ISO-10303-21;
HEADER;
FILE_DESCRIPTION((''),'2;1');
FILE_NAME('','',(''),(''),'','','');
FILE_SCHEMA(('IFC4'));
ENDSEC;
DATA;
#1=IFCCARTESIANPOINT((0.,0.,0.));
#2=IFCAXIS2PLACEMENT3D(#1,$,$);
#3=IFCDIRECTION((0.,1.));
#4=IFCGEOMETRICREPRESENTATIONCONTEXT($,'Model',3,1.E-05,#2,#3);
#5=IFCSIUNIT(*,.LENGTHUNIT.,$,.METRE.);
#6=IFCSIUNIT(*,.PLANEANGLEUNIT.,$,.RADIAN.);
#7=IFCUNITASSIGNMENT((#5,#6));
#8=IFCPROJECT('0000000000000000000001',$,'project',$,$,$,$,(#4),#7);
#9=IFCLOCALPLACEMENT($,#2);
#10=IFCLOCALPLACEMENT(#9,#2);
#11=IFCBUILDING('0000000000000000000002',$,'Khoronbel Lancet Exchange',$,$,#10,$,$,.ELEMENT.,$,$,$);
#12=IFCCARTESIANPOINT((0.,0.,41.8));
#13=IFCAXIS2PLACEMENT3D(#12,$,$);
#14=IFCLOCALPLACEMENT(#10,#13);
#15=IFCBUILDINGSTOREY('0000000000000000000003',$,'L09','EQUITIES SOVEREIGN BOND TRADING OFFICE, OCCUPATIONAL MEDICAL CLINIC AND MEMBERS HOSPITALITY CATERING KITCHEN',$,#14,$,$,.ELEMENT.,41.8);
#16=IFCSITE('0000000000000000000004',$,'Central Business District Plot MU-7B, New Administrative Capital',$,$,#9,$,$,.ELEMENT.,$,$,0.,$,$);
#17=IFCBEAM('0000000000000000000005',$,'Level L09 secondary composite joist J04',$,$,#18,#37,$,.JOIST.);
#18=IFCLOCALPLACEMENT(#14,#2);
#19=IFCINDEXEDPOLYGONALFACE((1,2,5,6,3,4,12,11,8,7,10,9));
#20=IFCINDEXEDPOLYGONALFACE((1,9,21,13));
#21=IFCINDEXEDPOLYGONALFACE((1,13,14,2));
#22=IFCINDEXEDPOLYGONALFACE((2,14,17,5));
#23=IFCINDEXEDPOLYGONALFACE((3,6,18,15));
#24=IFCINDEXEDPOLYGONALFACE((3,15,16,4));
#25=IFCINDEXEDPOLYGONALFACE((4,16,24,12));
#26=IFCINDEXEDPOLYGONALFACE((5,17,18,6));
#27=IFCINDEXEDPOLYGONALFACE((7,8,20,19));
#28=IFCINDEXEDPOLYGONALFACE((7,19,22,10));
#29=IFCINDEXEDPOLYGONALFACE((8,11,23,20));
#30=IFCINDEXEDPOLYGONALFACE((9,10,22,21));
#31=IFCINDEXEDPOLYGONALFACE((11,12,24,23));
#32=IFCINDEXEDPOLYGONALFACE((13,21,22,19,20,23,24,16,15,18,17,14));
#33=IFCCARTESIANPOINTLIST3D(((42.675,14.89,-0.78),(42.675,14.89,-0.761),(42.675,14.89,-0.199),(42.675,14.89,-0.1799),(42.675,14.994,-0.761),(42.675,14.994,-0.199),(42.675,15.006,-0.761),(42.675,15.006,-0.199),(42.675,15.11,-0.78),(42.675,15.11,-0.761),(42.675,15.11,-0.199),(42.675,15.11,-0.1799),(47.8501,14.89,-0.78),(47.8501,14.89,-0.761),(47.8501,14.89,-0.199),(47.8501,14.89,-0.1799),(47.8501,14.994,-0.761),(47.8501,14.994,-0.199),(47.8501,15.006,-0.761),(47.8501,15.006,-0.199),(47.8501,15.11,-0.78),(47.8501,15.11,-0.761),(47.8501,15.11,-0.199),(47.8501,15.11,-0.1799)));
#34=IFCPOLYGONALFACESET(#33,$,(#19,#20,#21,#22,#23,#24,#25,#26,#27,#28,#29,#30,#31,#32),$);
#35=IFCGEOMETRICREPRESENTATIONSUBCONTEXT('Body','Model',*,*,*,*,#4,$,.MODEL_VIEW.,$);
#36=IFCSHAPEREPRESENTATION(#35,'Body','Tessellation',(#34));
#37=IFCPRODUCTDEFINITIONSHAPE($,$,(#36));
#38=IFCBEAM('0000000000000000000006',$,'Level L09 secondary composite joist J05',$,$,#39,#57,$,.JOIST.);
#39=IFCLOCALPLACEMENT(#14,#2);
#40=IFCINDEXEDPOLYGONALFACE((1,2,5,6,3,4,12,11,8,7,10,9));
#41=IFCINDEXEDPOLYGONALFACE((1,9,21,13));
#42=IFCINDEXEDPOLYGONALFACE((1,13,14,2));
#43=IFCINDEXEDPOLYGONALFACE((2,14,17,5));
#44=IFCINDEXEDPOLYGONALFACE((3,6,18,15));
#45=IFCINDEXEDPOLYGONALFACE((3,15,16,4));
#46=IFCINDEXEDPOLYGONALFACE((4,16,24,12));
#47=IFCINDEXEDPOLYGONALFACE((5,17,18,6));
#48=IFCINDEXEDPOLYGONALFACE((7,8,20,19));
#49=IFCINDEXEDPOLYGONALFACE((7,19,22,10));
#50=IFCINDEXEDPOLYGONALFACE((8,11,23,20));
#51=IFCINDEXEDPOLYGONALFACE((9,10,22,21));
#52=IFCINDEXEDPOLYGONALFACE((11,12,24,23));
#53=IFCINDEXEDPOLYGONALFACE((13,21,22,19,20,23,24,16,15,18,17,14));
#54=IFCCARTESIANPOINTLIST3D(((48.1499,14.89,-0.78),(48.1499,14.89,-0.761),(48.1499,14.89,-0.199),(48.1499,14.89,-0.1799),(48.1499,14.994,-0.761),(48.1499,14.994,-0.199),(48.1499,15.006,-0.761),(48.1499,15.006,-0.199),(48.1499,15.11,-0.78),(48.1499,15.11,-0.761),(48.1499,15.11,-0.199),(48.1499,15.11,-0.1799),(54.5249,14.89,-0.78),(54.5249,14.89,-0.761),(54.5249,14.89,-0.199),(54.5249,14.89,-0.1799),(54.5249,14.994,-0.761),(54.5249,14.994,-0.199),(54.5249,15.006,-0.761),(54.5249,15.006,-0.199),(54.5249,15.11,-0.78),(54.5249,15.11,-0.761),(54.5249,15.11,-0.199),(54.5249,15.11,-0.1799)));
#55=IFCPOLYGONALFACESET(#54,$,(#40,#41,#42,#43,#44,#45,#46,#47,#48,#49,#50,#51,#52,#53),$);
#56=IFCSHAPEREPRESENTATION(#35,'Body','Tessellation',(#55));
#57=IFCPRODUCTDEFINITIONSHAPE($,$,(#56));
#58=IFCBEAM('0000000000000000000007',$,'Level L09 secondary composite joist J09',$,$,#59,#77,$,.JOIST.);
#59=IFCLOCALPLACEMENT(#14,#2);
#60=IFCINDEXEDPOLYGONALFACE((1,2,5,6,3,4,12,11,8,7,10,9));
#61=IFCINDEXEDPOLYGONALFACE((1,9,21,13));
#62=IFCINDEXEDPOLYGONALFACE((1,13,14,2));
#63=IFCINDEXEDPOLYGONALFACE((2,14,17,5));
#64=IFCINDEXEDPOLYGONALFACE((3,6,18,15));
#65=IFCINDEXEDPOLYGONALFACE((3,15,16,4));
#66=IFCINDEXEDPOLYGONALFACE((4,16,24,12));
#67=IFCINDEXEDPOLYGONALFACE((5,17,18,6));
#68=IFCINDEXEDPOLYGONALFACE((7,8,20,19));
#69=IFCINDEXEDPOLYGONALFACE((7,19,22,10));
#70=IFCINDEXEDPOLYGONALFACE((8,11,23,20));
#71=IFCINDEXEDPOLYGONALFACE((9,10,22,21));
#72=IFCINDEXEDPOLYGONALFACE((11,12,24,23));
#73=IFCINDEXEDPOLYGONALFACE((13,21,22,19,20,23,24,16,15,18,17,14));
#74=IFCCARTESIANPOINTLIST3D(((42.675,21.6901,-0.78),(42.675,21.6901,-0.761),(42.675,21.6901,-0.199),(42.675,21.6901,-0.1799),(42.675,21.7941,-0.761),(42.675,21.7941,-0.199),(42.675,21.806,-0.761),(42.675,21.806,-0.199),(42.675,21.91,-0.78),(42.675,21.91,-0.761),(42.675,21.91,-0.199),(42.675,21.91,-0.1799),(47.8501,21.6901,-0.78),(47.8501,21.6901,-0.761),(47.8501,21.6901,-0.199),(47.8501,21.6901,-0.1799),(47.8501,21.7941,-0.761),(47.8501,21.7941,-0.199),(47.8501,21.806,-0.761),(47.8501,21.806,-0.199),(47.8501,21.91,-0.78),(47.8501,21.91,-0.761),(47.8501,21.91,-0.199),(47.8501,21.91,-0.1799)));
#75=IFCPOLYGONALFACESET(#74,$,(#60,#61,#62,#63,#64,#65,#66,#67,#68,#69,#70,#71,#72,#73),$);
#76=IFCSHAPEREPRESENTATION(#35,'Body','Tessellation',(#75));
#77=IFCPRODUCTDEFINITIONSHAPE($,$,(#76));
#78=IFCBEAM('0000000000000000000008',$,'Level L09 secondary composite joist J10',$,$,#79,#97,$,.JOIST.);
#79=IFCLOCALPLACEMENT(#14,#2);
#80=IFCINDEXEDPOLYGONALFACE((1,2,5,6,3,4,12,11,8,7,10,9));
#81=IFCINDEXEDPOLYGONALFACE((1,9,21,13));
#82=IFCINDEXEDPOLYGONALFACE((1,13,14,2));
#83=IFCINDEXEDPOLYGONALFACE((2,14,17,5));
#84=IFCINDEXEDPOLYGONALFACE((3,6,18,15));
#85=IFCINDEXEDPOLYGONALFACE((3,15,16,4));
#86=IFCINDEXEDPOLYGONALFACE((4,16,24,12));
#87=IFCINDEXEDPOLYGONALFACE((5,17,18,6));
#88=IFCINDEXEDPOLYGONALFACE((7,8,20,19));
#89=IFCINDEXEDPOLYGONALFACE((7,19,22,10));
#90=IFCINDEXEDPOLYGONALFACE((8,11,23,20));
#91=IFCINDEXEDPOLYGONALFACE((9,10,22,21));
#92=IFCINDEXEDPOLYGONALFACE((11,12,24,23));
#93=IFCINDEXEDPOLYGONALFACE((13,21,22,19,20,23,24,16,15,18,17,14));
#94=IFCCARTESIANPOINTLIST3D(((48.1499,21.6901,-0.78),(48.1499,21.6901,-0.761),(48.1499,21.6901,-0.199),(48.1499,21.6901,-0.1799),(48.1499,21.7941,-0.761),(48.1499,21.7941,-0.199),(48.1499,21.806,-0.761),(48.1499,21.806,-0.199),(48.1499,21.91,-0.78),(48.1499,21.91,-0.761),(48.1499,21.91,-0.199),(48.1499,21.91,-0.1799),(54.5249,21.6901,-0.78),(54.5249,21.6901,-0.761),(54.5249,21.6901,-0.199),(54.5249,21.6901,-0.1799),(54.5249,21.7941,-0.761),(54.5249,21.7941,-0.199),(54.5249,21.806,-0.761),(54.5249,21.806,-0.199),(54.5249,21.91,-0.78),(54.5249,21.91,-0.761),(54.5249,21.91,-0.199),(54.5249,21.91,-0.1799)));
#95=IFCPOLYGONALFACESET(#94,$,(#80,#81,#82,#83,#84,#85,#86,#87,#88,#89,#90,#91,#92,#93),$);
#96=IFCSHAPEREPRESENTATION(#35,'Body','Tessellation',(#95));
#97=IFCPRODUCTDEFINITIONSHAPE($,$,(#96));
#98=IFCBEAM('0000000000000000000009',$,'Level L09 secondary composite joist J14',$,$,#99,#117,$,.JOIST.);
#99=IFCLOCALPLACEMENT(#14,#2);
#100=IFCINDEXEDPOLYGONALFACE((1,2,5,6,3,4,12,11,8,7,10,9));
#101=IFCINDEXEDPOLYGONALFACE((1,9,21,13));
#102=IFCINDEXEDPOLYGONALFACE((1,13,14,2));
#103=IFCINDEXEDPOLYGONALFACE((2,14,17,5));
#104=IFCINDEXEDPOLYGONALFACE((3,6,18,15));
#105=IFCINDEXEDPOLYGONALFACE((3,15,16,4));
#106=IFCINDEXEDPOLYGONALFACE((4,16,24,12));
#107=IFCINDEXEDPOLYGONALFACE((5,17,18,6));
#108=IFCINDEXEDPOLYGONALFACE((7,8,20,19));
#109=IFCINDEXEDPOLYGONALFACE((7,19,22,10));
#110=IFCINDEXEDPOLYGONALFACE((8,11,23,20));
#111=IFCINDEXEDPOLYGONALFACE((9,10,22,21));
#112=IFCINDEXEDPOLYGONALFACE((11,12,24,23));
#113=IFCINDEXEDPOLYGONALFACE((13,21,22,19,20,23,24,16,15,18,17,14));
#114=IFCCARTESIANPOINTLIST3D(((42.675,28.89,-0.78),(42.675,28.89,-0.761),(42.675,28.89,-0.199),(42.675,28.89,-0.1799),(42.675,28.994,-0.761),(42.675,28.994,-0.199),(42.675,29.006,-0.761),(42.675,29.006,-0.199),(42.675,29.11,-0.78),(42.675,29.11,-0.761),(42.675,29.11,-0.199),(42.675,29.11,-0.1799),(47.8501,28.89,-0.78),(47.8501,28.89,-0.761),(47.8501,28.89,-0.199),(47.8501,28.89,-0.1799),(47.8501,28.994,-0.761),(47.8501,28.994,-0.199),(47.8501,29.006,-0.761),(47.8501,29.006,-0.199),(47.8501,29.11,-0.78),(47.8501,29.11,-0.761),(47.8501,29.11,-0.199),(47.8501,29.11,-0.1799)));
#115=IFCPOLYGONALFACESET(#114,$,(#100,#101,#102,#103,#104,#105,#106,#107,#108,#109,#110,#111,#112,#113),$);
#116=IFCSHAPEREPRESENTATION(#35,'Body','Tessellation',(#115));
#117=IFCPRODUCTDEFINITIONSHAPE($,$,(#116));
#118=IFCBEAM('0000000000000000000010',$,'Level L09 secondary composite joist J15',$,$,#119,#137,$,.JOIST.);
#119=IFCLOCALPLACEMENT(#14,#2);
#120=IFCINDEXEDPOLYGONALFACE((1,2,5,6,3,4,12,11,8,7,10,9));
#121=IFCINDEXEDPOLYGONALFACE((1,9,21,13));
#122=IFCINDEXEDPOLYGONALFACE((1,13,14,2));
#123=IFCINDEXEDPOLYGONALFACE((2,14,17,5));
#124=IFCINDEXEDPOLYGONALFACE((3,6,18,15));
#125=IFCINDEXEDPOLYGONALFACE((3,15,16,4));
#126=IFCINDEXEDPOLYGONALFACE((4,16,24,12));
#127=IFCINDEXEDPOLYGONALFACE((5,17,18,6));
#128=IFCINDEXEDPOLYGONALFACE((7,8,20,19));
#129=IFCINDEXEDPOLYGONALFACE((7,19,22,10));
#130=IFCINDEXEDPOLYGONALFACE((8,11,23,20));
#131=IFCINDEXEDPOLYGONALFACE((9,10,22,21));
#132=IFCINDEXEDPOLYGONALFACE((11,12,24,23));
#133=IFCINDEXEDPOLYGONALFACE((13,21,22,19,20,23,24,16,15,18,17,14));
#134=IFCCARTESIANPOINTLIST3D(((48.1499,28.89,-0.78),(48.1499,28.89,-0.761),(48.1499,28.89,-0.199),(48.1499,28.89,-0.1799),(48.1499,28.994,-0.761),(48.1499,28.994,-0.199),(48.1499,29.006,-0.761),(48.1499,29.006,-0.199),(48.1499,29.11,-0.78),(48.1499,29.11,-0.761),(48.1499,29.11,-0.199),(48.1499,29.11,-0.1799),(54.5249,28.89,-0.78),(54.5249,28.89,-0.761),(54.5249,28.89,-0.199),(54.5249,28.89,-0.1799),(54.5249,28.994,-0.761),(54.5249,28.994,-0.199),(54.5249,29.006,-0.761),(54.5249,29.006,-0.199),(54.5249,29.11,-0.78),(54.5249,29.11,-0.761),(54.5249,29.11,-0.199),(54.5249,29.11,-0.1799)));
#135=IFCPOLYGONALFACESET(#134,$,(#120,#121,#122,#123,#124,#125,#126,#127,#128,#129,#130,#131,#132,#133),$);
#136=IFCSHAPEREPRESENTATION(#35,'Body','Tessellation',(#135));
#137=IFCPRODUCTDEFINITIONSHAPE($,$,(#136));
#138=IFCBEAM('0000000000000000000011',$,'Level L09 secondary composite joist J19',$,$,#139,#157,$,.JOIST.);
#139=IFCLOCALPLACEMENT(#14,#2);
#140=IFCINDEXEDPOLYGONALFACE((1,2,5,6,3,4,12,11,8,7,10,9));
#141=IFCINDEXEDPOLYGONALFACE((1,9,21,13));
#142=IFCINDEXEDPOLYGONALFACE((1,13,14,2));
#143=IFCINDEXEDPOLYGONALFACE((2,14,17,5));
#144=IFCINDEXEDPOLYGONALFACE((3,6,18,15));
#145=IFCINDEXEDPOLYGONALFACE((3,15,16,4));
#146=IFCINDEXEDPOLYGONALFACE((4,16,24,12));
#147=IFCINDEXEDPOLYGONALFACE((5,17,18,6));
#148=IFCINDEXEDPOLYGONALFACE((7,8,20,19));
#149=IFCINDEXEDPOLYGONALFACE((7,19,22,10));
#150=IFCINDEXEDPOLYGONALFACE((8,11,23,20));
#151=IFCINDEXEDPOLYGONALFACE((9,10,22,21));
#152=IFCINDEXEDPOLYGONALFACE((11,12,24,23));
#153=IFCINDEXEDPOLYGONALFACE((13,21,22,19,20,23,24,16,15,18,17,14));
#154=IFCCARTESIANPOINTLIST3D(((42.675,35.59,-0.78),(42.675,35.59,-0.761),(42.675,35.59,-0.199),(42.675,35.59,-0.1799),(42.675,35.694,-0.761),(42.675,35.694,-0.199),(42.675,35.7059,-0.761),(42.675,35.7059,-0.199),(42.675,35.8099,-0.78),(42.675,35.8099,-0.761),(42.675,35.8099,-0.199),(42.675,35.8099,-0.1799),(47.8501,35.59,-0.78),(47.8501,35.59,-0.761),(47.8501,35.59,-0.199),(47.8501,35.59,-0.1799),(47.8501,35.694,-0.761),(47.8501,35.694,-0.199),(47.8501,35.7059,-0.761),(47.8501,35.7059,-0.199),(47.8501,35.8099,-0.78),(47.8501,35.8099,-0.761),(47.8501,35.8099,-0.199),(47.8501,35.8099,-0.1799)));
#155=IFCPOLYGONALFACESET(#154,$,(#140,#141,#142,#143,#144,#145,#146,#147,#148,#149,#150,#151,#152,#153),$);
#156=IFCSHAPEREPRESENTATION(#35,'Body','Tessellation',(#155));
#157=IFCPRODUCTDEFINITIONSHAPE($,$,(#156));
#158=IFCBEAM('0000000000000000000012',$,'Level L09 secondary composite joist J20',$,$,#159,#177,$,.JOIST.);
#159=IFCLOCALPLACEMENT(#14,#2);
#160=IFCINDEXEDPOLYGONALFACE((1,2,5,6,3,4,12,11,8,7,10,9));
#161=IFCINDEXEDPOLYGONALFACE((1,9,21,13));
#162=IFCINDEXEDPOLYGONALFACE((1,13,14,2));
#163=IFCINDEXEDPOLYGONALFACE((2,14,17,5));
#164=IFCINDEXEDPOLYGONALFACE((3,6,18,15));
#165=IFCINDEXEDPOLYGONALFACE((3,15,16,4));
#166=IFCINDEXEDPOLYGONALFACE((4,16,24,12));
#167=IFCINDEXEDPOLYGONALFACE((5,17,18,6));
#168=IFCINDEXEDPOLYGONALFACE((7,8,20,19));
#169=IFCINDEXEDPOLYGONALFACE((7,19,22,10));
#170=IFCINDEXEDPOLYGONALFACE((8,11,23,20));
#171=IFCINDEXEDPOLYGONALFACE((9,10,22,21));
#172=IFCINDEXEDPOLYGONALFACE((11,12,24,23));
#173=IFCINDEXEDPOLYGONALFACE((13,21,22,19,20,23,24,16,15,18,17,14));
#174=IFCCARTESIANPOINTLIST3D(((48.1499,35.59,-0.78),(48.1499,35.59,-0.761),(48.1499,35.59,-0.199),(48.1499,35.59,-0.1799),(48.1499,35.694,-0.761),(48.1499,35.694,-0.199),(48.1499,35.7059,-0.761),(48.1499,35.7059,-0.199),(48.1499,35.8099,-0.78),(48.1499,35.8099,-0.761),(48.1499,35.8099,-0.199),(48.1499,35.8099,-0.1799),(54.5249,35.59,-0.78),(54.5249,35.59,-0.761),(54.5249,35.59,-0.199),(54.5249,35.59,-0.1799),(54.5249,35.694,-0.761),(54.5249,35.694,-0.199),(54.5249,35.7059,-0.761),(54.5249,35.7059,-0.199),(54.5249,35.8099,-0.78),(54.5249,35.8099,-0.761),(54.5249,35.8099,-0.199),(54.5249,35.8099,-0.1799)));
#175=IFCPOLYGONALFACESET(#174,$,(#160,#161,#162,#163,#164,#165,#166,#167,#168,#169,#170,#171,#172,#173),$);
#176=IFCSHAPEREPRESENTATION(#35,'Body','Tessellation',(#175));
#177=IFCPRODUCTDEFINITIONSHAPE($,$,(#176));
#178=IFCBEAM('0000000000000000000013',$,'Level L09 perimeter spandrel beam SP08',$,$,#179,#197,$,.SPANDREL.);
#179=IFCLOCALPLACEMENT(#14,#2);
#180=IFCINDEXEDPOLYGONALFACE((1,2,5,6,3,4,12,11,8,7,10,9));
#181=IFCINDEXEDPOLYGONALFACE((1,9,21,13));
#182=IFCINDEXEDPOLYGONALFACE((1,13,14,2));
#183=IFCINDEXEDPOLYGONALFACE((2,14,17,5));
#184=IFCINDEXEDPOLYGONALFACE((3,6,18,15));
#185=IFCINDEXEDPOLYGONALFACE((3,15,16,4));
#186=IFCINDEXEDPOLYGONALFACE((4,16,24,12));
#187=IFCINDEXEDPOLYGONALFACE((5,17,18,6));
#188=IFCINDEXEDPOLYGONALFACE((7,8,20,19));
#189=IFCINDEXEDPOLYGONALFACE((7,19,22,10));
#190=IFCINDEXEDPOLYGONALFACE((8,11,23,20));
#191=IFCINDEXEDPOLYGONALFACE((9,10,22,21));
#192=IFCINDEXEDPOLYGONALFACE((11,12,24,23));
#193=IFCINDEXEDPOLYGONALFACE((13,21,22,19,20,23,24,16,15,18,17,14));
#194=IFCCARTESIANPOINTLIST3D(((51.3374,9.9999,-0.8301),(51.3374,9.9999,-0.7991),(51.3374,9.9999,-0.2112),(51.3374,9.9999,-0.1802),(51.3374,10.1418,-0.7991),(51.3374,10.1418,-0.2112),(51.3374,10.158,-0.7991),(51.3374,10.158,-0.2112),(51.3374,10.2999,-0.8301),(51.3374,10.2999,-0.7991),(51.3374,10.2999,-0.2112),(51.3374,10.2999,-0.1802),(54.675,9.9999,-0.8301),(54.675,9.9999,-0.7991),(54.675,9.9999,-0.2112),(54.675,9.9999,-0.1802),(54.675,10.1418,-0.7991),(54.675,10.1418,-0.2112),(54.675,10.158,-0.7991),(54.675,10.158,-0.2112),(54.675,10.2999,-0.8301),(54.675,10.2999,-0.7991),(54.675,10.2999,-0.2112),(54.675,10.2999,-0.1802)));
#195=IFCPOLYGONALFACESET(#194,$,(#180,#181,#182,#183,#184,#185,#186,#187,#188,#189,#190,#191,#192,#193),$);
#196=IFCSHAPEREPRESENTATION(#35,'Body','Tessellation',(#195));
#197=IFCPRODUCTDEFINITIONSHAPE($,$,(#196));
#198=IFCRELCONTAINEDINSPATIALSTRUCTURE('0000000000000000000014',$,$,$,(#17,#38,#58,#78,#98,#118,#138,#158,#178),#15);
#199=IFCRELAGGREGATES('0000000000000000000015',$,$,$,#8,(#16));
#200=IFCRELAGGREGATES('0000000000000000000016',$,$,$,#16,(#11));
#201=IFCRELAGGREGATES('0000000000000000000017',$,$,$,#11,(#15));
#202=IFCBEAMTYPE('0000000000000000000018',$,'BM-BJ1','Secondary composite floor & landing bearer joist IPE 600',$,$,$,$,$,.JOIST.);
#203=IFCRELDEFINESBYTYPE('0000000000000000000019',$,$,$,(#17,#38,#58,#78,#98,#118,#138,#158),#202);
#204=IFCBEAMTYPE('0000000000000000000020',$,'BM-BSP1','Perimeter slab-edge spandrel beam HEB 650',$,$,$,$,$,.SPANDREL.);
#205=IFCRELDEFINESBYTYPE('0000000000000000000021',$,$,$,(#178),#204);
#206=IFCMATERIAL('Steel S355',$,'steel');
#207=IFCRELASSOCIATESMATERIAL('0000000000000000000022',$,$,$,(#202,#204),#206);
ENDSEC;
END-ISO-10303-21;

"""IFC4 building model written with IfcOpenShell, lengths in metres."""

from ifc_helpers import new_model, si_unit, direction, frame, origin, origin_2d, place, context, subcontext, project, spatial, i_section, extrude, material, material_profile, profile_set, type_object, element, save


model = new_model("IFC4")

# Units and contexts
model_context = context("Model", 3, precision=1e-05, world=origin(), true_north=direction((0.0, 1.0)))
body_context = subcontext(model_context, "Body", "Model", "MODEL_VIEW")
ifc_project = project(units=[si_unit("LENGTHUNIT", "METRE"), si_unit("PLANEANGLEUNIT", "RADIAN")], contexts=[model_context])

# Site, building, storey
site_placement = place(None, origin())
site = spatial("IfcSite", under=ifc_project, at=site_placement, Name="Central Business District Plot MU-7B, New Administrative Capital", CompositionType="ELEMENT", RefElevation=0.0)
building_placement = place(site_placement, origin())
building = spatial("IfcBuilding", under=site, at=building_placement, Name="Khoronbel Lancet Exchange", CompositionType="ELEMENT")
storey_placement = place(building_placement, frame((0.0, 0.0, 41.8)))
storey = spatial("IfcBuildingStorey", under=building, at=storey_placement, Name="L09", Description="EQUITIES SOVEREIGN BOND TRADING OFFICE, OCCUPATIONAL MEDICAL CLINIC AND MEMBERS HOSPITALITY CATERING KITCHEN", CompositionType="ELEMENT", Elevation=41.8)

# Beams
ifc_material_1 = material(Name="Steel S355", Category="steel")
ifc_material_profile_1 = material_profile(ifc_material_1, i_section(OverallWidth=0.22, OverallDepth=0.6001, WebThickness=0.012, FlangeThickness=0.019, at=origin_2d()), Name="IPE 600")
ifc_profile_set_1 = profile_set([ifc_material_profile_1], Name="Steel S355")
beam_type_1 = type_object("IfcBeamType", Name="BM-BJ1", Description="Secondary composite floor & landing bearer joist IPE 600", PredefinedType="JOIST", material=ifc_profile_set_1)
beam_1_placement = place(storey_placement, frame((42.675, 15.0, -0.48), z_axis=(1.0, 0.0, 0.0), x_axis=(0.0, 1.0, 0.0)))
element("IfcBeam", 1, at=beam_1_placement, inside=storey, type_object=beam_type_1, Name="Level L09 secondary composite joist J04", PredefinedType="JOIST", context=body_context, shape_type="SweptSolid", body=[
    extrude(i_section(OverallWidth=0.22, OverallDepth=0.6001, WebThickness=0.012, FlangeThickness=0.019, at=origin_2d()), origin(), (0.0, 0.0, 1.0), 5.175),
])
beam_2_placement = place(storey_placement, frame((48.1499, 15.0, -0.48), z_axis=(1.0, 0.0, 0.0), x_axis=(0.0, 1.0, 0.0)))
element("IfcBeam", 2, at=beam_2_placement, inside=storey, type_object=beam_type_1, Name="Level L09 secondary composite joist J05", PredefinedType="JOIST", context=body_context, shape_type="SweptSolid", body=[
    extrude(i_section(OverallWidth=0.22, OverallDepth=0.6001, WebThickness=0.012, FlangeThickness=0.019, at=origin_2d()), origin(), (0.0, 0.0, 1.0), 6.375),
])
beam_3_placement = place(storey_placement, frame((42.675, 21.8, -0.48), z_axis=(1.0, 0.0, 0.0), x_axis=(0.0, 1.0, 0.0)))
element("IfcBeam", 3, at=beam_3_placement, inside=storey, type_object=beam_type_1, Name="Level L09 secondary composite joist J09", PredefinedType="JOIST", context=body_context, shape_type="SweptSolid", body=[
    extrude(i_section(OverallWidth=0.22, OverallDepth=0.6001, WebThickness=0.012, FlangeThickness=0.019, at=origin_2d()), origin(), (0.0, 0.0, 1.0), 5.175),
])
beam_4_placement = place(storey_placement, frame((48.1499, 21.8, -0.48), z_axis=(1.0, 0.0, 0.0), x_axis=(0.0, 1.0, 0.0)))
element("IfcBeam", 4, at=beam_4_placement, inside=storey, type_object=beam_type_1, Name="Level L09 secondary composite joist J10", PredefinedType="JOIST", context=body_context, shape_type="SweptSolid", body=[
    extrude(i_section(OverallWidth=0.22, OverallDepth=0.6001, WebThickness=0.012, FlangeThickness=0.019, at=origin_2d()), origin(), (0.0, 0.0, 1.0), 6.375),
])
beam_5_placement = place(storey_placement, frame((42.675, 29.0, -0.48), z_axis=(1.0, 0.0, 0.0), x_axis=(0.0, 1.0, 0.0)))
element("IfcBeam", 5, at=beam_5_placement, inside=storey, type_object=beam_type_1, Name="Level L09 secondary composite joist J14", PredefinedType="JOIST", context=body_context, shape_type="SweptSolid", body=[
    extrude(i_section(OverallWidth=0.22, OverallDepth=0.6001, WebThickness=0.012, FlangeThickness=0.019, at=origin_2d()), origin(), (0.0, 0.0, 1.0), 5.175),
])
beam_6_placement = place(storey_placement, frame((48.1499, 29.0, -0.48), z_axis=(1.0, 0.0, 0.0), x_axis=(0.0, 1.0, 0.0)))
element("IfcBeam", 6, at=beam_6_placement, inside=storey, type_object=beam_type_1, Name="Level L09 secondary composite joist J15", PredefinedType="JOIST", context=body_context, shape_type="SweptSolid", body=[
    extrude(i_section(OverallWidth=0.22, OverallDepth=0.6001, WebThickness=0.012, FlangeThickness=0.019, at=origin_2d()), origin(), (0.0, 0.0, 1.0), 6.375),
])
beam_7_placement = place(storey_placement, frame((42.675, 35.7, -0.48), z_axis=(1.0, 0.0, 0.0), x_axis=(0.0, 1.0, 0.0)))
element("IfcBeam", 7, at=beam_7_placement, inside=storey, type_object=beam_type_1, Name="Level L09 secondary composite joist J19", PredefinedType="JOIST", context=body_context, shape_type="SweptSolid", body=[
    extrude(i_section(OverallWidth=0.22, OverallDepth=0.6001, WebThickness=0.012, FlangeThickness=0.019, at=origin_2d()), origin(), (0.0, 0.0, 1.0), 5.175),
])
beam_8_placement = place(storey_placement, frame((48.1499, 35.7, -0.48), z_axis=(1.0, 0.0, 0.0), x_axis=(0.0, 1.0, 0.0)))
element("IfcBeam", 8, at=beam_8_placement, inside=storey, type_object=beam_type_1, Name="Level L09 secondary composite joist J20", PredefinedType="JOIST", context=body_context, shape_type="SweptSolid", body=[
    extrude(i_section(OverallWidth=0.22, OverallDepth=0.6001, WebThickness=0.012, FlangeThickness=0.019, at=origin_2d()), origin(), (0.0, 0.0, 1.0), 6.375),
])
ifc_material_profile_2 = material_profile(ifc_material_1, i_section(OverallWidth=0.3, OverallDepth=0.6499, WebThickness=0.0161, FlangeThickness=0.031, at=origin_2d()), Name="HEB 650")
ifc_profile_set_2 = profile_set([ifc_material_profile_2], Name="Steel S355")
beam_type_2 = type_object("IfcBeamType", Name="BM-BSP1", Description="Perimeter slab-edge spandrel beam HEB 650", PredefinedType="SPANDREL", material=ifc_profile_set_2)
beam_9_placement = place(storey_placement, frame((51.3374, 10.1499, -0.5051), z_axis=(1.0, 0.0, 0.0), x_axis=(0.0, 1.0, 0.0)))
element("IfcBeam", 9, at=beam_9_placement, inside=storey, type_object=beam_type_2, Name="Level L09 perimeter spandrel beam SP08", PredefinedType="SPANDREL", context=body_context, shape_type="SweptSolid", body=[
    extrude(i_section(OverallWidth=0.3, OverallDepth=0.6499, WebThickness=0.0161, FlangeThickness=0.031, at=origin_2d()), origin(), (0.0, 0.0, 1.0), 3.3376),
])

save(model, "model.ifc")
